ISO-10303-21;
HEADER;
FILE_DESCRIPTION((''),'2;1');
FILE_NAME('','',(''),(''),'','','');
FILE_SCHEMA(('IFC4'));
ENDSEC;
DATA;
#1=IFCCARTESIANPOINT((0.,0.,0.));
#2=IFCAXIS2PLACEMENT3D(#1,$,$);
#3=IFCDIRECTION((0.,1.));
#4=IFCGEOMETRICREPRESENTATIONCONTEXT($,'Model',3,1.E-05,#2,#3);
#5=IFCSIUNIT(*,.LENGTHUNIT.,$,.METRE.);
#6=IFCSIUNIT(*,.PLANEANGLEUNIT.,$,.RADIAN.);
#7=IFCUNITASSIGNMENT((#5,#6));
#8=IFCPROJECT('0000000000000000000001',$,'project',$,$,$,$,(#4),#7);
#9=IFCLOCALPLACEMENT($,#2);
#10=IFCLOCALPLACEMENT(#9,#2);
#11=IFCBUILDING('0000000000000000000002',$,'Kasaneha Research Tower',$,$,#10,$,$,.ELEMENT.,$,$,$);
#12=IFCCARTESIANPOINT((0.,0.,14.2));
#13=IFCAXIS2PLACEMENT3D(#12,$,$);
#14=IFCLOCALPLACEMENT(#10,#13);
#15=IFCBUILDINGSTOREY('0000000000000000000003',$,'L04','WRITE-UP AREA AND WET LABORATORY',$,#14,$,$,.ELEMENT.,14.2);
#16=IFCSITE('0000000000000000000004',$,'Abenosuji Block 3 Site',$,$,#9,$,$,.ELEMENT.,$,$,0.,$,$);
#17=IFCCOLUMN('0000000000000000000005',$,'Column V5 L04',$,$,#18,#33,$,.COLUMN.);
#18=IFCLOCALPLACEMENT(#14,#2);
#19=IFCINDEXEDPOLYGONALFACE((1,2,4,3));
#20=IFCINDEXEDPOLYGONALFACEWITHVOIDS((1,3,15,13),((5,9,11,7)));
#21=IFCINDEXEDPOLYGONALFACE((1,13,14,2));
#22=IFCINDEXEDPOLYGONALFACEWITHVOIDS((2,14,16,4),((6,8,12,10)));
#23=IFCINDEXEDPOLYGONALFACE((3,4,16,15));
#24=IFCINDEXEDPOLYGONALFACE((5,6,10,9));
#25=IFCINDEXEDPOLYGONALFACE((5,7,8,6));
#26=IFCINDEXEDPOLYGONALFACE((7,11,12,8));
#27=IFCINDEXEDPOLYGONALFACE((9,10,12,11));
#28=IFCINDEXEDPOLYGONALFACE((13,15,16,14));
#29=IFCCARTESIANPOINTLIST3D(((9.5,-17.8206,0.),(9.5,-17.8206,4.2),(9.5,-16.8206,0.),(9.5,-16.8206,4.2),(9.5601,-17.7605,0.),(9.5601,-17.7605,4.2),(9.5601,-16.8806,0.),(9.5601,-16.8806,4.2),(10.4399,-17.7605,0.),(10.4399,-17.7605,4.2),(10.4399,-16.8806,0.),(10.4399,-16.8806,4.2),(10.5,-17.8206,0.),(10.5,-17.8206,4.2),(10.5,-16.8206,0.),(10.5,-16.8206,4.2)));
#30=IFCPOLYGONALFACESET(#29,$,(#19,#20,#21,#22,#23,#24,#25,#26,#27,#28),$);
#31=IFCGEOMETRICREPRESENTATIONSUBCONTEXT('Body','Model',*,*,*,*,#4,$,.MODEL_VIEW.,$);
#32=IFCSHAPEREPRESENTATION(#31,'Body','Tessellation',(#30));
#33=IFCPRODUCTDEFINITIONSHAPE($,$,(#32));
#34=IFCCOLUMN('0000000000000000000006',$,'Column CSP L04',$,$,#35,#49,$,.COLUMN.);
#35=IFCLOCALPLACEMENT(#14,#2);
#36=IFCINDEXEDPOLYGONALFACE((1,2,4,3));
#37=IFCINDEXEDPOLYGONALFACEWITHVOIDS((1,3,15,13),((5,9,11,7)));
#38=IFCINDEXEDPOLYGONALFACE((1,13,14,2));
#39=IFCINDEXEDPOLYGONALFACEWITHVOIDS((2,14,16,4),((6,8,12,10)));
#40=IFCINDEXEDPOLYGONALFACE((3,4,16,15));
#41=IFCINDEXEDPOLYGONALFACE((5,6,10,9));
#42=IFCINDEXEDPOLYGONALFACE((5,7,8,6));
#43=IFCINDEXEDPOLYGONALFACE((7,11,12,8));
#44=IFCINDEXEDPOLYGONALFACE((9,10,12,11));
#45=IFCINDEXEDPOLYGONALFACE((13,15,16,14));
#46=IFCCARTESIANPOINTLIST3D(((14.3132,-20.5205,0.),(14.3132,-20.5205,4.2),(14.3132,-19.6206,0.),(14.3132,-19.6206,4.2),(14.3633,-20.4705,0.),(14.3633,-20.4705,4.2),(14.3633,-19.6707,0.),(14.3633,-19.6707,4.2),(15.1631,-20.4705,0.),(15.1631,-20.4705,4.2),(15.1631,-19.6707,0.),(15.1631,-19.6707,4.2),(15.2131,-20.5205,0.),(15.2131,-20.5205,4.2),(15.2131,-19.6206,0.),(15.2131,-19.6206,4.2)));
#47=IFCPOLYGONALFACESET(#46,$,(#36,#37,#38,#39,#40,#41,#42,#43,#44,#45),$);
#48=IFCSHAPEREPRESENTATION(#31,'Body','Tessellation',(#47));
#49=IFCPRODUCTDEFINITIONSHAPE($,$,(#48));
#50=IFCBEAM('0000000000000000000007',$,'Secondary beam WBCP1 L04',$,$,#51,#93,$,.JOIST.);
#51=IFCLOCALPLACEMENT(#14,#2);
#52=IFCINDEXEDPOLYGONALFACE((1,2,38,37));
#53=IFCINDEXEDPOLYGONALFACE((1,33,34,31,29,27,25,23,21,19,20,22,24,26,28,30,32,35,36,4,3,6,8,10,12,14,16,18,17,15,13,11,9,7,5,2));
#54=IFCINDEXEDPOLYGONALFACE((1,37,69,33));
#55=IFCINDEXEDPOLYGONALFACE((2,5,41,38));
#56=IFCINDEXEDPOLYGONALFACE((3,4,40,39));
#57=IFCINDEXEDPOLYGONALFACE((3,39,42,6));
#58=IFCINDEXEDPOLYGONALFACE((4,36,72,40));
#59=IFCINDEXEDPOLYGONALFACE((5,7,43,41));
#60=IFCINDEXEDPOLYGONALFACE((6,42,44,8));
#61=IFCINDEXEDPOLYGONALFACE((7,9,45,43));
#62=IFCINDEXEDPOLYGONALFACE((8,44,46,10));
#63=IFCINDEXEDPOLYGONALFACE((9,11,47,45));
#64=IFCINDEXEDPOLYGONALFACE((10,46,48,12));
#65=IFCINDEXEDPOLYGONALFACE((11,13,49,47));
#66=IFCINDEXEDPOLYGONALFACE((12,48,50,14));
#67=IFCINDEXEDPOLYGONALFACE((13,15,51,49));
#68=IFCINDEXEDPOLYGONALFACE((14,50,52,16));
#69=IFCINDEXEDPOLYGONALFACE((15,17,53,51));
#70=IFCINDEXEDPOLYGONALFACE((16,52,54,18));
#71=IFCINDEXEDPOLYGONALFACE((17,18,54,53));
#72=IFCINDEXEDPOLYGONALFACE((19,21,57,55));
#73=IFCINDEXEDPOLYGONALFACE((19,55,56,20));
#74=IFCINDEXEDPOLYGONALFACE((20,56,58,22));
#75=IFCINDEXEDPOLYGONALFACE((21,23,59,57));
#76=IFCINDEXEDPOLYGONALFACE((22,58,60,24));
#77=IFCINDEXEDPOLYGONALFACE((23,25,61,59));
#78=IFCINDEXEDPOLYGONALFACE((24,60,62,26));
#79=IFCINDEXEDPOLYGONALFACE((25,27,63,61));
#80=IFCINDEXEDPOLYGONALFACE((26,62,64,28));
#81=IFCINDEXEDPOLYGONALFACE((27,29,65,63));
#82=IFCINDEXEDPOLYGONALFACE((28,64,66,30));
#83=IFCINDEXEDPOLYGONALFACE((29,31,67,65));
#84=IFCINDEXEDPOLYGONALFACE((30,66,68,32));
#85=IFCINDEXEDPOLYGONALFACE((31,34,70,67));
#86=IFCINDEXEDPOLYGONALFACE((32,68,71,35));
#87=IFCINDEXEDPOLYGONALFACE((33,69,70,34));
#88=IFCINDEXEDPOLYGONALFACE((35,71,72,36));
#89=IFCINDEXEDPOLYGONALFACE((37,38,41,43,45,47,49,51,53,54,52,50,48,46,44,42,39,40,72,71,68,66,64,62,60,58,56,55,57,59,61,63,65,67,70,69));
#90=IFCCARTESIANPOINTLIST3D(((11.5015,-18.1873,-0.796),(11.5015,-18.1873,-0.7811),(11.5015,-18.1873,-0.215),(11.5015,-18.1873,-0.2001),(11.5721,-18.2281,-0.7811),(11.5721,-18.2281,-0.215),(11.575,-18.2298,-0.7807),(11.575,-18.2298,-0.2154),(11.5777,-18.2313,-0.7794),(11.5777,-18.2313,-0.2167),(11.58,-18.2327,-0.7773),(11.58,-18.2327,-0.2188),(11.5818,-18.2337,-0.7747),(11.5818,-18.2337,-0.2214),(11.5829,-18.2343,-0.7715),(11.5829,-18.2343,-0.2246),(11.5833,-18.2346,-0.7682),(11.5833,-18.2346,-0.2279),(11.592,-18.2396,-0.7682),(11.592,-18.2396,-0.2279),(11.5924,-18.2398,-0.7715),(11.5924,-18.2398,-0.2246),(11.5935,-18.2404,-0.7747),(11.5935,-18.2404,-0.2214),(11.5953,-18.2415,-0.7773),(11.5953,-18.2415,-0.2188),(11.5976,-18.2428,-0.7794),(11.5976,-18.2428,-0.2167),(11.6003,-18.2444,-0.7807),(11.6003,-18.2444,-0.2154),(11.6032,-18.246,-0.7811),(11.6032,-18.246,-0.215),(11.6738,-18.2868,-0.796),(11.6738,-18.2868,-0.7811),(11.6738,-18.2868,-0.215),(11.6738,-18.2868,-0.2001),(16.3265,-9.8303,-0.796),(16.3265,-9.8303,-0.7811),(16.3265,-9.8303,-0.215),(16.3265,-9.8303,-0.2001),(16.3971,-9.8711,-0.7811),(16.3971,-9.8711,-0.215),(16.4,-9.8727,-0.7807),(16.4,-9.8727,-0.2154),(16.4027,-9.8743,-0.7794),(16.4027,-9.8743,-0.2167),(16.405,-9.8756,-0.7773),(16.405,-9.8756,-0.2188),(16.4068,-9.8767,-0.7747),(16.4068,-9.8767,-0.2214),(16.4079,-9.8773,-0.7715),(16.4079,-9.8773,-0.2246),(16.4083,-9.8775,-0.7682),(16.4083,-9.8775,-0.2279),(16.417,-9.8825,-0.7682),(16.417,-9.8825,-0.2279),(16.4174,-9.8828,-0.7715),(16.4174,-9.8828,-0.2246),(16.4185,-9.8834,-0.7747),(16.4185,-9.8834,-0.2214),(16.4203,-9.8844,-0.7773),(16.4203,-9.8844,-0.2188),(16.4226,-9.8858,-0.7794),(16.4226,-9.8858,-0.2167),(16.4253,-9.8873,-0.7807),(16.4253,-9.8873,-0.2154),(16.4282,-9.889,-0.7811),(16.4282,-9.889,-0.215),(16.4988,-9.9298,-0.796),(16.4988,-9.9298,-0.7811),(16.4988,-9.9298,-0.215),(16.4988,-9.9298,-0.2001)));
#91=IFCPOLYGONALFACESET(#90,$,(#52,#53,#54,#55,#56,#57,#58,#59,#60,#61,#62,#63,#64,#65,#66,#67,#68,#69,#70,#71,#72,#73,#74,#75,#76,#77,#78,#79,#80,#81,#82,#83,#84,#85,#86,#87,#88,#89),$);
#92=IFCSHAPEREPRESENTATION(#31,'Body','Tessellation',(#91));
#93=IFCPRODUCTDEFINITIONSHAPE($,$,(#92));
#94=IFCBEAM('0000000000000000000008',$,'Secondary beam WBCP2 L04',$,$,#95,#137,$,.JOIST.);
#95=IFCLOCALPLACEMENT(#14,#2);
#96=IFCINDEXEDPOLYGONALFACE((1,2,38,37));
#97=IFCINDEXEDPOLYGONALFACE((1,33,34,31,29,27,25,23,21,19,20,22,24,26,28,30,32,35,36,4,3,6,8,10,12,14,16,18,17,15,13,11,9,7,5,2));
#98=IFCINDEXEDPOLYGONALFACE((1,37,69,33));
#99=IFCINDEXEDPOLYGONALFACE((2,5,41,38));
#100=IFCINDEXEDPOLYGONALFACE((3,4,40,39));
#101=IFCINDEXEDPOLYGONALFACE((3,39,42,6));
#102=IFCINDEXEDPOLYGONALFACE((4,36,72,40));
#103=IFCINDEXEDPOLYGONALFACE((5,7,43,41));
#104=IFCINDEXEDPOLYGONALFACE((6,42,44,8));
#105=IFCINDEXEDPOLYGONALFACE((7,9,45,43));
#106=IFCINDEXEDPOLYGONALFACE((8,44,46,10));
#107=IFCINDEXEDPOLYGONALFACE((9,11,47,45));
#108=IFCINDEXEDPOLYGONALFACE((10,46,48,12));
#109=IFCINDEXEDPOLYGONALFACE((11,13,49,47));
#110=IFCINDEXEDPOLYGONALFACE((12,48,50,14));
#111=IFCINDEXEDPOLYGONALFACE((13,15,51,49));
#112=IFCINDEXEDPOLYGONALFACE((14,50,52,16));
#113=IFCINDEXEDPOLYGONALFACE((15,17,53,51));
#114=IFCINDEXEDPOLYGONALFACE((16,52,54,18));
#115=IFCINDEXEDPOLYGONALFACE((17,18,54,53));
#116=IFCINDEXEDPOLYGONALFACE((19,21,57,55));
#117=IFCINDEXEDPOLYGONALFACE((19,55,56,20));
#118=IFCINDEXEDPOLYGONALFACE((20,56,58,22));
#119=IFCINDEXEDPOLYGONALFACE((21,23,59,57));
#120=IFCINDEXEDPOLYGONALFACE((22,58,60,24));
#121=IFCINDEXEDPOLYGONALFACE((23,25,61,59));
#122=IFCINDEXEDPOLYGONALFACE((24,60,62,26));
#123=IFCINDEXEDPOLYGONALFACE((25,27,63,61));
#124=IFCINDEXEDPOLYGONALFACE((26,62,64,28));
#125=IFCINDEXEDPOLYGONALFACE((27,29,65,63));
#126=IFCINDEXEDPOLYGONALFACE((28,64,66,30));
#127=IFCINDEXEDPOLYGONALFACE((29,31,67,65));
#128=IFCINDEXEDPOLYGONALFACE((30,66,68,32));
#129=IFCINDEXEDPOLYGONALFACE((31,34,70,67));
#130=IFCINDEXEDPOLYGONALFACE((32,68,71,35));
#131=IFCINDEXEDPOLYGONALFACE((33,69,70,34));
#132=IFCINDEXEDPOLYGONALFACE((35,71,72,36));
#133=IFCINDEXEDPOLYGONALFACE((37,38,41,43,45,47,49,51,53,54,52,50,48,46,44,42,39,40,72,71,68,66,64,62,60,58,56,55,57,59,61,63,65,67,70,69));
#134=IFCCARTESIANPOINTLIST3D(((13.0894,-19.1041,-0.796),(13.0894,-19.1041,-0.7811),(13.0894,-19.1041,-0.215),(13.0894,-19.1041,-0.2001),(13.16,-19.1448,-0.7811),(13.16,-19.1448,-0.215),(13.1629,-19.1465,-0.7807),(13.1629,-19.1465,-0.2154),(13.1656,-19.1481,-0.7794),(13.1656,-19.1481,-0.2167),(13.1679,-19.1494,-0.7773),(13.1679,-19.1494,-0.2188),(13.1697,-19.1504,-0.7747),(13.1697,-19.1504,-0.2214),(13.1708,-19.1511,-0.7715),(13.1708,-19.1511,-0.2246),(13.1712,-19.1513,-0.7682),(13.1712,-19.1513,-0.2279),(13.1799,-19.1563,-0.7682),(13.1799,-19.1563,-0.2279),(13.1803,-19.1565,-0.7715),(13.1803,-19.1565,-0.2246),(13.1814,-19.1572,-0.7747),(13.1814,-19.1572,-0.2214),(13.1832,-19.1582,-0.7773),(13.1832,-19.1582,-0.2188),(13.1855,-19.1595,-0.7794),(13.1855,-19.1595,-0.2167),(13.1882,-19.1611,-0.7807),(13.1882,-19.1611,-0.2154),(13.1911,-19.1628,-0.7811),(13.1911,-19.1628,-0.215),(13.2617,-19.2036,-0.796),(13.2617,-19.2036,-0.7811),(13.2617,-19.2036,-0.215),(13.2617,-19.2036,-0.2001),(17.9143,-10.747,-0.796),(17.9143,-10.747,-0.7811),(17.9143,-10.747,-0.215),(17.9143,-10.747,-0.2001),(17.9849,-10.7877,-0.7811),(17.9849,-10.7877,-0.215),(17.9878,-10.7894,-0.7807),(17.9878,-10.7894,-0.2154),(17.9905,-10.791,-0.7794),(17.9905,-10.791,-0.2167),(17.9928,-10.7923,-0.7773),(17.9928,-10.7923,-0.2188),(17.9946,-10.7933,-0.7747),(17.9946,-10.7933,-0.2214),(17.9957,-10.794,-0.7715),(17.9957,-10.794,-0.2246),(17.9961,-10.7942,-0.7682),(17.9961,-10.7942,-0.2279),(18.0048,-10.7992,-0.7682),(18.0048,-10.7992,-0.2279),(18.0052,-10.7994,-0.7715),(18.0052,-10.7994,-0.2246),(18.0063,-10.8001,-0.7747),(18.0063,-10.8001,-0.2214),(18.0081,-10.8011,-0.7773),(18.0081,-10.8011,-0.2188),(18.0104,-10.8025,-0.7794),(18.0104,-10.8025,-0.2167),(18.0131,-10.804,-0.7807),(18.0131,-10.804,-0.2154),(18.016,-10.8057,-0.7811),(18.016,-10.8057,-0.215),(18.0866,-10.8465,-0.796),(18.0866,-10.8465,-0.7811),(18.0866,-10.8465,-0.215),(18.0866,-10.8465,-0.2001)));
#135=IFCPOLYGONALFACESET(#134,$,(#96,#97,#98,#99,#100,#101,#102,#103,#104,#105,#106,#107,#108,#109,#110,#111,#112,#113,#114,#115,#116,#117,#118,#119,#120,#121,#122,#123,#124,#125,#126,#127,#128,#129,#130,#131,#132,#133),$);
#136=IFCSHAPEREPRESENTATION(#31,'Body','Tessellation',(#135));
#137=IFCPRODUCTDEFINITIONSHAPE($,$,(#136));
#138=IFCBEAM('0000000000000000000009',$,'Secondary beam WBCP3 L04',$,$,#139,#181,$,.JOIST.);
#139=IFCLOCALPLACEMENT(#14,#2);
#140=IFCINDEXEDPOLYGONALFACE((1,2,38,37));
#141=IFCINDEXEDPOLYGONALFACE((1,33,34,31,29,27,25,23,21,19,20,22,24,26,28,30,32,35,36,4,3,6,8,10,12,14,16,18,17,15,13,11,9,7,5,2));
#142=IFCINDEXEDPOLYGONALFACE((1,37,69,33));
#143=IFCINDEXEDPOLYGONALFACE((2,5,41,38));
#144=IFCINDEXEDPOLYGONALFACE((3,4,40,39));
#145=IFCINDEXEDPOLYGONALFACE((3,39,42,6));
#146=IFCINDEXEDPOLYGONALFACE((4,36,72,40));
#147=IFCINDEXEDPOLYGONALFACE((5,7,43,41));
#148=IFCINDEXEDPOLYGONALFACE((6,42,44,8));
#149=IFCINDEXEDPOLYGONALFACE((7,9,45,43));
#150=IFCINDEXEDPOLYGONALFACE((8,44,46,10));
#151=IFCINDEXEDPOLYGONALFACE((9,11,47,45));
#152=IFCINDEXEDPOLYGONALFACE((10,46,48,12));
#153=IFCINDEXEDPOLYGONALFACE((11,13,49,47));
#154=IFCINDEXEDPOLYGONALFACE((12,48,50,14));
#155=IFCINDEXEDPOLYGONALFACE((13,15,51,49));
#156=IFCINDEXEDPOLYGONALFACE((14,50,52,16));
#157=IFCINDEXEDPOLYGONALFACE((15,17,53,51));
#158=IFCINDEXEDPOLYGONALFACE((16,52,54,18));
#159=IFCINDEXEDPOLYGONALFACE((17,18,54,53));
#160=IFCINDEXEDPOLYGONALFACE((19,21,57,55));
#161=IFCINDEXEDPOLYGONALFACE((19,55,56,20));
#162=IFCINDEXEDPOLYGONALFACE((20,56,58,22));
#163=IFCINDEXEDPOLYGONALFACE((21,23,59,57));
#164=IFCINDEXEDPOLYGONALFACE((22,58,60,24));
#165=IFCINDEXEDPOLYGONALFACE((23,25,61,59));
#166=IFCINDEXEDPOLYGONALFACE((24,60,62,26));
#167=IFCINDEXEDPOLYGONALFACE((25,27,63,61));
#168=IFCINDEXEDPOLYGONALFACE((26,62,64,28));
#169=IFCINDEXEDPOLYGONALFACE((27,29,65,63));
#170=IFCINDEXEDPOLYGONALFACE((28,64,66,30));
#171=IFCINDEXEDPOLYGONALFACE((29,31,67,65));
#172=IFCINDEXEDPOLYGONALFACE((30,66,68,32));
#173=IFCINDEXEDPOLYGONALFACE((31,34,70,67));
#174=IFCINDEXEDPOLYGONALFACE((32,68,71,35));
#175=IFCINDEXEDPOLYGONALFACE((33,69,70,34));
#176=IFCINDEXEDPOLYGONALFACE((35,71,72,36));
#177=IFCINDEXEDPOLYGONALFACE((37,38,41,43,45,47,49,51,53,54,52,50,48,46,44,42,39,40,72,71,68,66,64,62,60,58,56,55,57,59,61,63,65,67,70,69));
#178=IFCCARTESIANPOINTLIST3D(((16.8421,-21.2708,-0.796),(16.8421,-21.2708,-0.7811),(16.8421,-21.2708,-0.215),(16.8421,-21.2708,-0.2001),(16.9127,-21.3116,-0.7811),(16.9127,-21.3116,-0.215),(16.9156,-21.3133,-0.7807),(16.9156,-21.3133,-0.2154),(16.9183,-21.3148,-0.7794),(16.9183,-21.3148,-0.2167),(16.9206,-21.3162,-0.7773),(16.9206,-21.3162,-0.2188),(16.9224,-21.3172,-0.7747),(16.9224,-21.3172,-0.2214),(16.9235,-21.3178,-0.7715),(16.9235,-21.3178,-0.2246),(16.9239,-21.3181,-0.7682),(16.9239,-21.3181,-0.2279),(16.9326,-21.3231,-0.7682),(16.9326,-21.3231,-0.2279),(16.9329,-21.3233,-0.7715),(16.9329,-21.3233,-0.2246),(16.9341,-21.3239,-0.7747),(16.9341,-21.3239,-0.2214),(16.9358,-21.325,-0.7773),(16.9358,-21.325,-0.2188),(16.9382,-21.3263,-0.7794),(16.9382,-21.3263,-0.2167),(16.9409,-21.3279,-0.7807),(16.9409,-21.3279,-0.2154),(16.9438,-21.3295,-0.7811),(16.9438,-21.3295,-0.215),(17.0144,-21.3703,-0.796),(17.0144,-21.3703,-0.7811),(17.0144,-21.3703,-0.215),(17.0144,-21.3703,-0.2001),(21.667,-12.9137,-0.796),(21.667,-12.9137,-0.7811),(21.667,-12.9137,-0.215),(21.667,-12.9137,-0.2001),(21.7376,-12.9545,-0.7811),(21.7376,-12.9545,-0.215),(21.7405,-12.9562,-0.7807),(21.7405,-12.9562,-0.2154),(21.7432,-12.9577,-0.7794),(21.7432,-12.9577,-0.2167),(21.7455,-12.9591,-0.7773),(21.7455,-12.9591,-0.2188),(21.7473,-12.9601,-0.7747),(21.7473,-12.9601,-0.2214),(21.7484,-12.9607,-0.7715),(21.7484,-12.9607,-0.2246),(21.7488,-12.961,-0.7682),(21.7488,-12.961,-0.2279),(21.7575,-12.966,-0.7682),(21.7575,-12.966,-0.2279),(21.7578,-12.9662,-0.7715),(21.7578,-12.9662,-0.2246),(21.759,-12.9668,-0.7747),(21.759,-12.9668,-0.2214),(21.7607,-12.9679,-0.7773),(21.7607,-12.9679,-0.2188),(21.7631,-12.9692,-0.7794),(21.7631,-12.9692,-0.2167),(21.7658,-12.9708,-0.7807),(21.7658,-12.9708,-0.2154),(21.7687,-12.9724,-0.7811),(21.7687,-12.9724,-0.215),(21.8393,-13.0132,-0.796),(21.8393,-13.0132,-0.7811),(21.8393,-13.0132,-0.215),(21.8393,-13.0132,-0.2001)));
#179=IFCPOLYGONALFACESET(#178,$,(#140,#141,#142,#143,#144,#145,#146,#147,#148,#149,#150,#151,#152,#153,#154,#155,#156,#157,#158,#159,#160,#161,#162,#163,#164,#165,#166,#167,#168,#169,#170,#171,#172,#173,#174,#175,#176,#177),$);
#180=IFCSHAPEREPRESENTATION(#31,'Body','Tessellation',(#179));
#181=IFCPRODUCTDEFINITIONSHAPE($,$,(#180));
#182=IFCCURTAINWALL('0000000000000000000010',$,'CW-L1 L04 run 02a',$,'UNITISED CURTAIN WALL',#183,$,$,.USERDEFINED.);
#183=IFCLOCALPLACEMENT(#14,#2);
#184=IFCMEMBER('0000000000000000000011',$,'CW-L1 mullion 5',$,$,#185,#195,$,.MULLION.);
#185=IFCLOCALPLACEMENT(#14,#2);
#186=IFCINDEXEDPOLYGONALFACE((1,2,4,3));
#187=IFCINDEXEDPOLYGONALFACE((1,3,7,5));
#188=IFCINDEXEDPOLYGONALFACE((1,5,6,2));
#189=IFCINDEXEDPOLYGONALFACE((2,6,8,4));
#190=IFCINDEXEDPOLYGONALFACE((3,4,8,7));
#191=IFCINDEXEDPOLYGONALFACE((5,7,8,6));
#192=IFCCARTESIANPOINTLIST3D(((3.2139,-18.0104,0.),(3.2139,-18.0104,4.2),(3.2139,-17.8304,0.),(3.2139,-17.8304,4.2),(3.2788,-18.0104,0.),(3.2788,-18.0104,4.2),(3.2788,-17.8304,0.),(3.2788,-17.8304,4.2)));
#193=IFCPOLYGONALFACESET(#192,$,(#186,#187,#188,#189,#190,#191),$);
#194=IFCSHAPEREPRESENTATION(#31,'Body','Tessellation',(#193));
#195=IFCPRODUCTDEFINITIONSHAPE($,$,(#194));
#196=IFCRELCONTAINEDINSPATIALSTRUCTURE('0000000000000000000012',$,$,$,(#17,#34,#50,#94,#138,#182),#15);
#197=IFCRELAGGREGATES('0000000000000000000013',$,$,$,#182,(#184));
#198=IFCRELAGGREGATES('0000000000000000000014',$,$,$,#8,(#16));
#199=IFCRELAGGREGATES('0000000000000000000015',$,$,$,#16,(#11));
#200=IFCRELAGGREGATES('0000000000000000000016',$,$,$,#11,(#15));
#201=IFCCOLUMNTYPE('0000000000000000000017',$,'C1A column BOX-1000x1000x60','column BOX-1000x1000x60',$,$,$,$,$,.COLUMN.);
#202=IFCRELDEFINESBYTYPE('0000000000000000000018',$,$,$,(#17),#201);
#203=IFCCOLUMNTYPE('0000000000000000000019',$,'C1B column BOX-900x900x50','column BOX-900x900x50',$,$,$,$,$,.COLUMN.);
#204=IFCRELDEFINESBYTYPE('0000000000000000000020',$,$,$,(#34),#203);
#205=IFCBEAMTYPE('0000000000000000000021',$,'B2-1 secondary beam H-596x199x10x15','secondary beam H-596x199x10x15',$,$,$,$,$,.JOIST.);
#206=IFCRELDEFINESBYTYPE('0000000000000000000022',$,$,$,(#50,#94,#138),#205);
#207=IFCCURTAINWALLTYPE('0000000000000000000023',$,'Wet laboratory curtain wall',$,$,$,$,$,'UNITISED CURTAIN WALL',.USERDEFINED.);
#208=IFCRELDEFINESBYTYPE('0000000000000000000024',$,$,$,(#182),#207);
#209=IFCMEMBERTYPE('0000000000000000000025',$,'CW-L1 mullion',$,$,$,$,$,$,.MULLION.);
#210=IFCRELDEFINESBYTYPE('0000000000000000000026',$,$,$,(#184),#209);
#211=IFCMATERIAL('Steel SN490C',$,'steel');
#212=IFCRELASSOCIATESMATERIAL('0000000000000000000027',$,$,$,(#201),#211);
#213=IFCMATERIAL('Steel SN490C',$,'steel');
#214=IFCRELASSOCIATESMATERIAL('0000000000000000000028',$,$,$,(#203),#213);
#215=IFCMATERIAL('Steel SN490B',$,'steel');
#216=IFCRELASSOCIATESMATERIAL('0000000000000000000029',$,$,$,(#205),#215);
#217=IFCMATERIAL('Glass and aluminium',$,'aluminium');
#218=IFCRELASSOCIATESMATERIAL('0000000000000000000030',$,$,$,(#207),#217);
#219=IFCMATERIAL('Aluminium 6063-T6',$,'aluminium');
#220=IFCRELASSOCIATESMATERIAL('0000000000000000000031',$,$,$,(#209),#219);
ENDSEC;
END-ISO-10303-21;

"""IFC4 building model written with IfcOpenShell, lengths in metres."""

from ifc_helpers import new_model, si_unit, direction, frame, origin, origin_2d, place, context, subcontext, project, spatial, rectangle, hollow_rectangle, i_section, extrude, material, material_profile, profile_set, type_object, element, aggregate, save


model = new_model("IFC4")

# Units and contexts
model_context = context("Model", 3, precision=1e-05, world=origin(), true_north=direction((0.0, 1.0)))
body_context = subcontext(model_context, "Body", "Model", "MODEL_VIEW")
ifc_project = project(units=[si_unit("LENGTHUNIT", "METRE"), si_unit("PLANEANGLEUNIT", "RADIAN")], contexts=[model_context])

# Site, building, storey
site_placement = place(None, origin())
site = spatial("IfcSite", under=ifc_project, at=site_placement, Name="Abenosuji Block 3 Site", CompositionType="ELEMENT", RefElevation=0.0)
building_placement = place(site_placement, origin())
building = spatial("IfcBuilding", under=site, at=building_placement, Name="Kasaneha Research Tower", CompositionType="ELEMENT")
storey_placement = place(building_placement, frame((0.0, 0.0, 14.2)))
storey = spatial("IfcBuildingStorey", under=building, at=storey_placement, Name="L04", Description="WRITE-UP AREA AND WET LABORATORY", CompositionType="ELEMENT", Elevation=14.2)

# Columns
ifc_material_1 = material(Name="Steel SN490C", Category="steel")
ifc_material_profile_1 = material_profile(ifc_material_1, hollow_rectangle(XDim=1.0, YDim=1.0, WallThickness=0.0601, at=origin_2d()), Name="BOX-1000x1000x60")
ifc_profile_set_1 = profile_set([ifc_material_profile_1], Name="Steel SN490C")
column_type_1 = type_object("IfcColumnType", Name="C1A column BOX-1000x1000x60", Description="column BOX-1000x1000x60", PredefinedType="COLUMN", material=ifc_profile_set_1)
column_1_placement = place(storey_placement, frame((10.0, -17.3206, 0.0), z_axis=(0.0, 0.0, 1.0), x_axis=(1.0, 0.0, 0.0)))
element("IfcColumn", 1, at=column_1_placement, inside=storey, type_object=column_type_1, Name="Column V5 L04", PredefinedType="COLUMN", context=body_context, shape_type="SweptSolid", body=[
    extrude(hollow_rectangle(XDim=1.0, YDim=1.0, WallThickness=0.0601, at=origin_2d()), origin(), (0.0, 0.0, 1.0), 4.2),
])
ifc_material_2 = material(Name="Steel SN490C", Category="steel")
ifc_material_profile_2 = material_profile(ifc_material_2, hollow_rectangle(XDim=0.8999, YDim=0.8999, WallThickness=0.05, at=origin_2d()), Name="BOX-900x900x50")
ifc_profile_set_2 = profile_set([ifc_material_profile_2], Name="Steel SN490C")
column_type_2 = type_object("IfcColumnType", Name="C1B column BOX-900x900x50", Description="column BOX-900x900x50", PredefinedType="COLUMN", material=ifc_profile_set_2)
column_2_placement = place(storey_placement, frame((14.7632, -20.0706, 0.0), z_axis=(0.0, 0.0, 1.0), x_axis=(1.0, 0.0, 0.0)))
element("IfcColumn", 2, at=column_2_placement, inside=storey, type_object=column_type_2, Name="Column CSP L04", PredefinedType="COLUMN", context=body_context, shape_type="SweptSolid", body=[
    extrude(hollow_rectangle(XDim=0.8999, YDim=0.8999, WallThickness=0.05, at=origin_2d()), origin(), (0.0, 0.0, 1.0), 4.2),
])

# Beams
ifc_material_3 = material(Name="Steel SN490B", Category="steel")
ifc_material_profile_3 = material_profile(ifc_material_3, i_section(OverallWidth=0.199, OverallDepth=0.5959, WebThickness=0.01, FlangeThickness=0.0149, FilletRadius=0.0129, at=origin_2d()), Name="H-596x199x10x15")
ifc_profile_set_3 = profile_set([ifc_material_profile_3], Name="Steel SN490B")
beam_type_1 = type_object("IfcBeamType", Name="B2-1 secondary beam H-596x199x10x15", Description="secondary beam H-596x199x10x15", PredefinedType="JOIST", material=ifc_profile_set_3)
for number, where, z_axis, x_axis, name in (
    (3, (11.5876, -18.2371, -0.498), (0.500006, 0.866022, 0.0), (-0.866022, 0.500006, 0.0), "Secondary beam WBCP1 L04"),
    (4, (13.1755, -19.1538, -0.498), (0.499995, 0.866028, 0.0), (-0.866028, 0.499995, 0.0), "Secondary beam WBCP2 L04"),
    (5, (16.9282, -21.3206, -0.498), (0.499995, 0.866028, 0.0), (-0.866028, 0.499995, 0.0), "Secondary beam WBCP3 L04"),
):
    element("IfcBeam", number, at=place(storey_placement, frame(where, z_axis=z_axis, x_axis=x_axis)), inside=storey, type_object=beam_type_1, Name=name, PredefinedType="JOIST", context=body_context, shape_type="SweptSolid", body=[
        extrude(i_section(OverallWidth=0.199, OverallDepth=0.5959, WebThickness=0.01, FlangeThickness=0.0149, FilletRadius=0.0129, at=origin_2d()), origin(), (0.0, 0.0, 1.0), 9.6499),
    ])

# Curtain wall, member
ifc_material_4 = material(Name="Glass and aluminium", Category="aluminium")
curtain_wall_type = type_object("IfcCurtainWallType", Name="Wet laboratory curtain wall", ElementType="UNITISED CURTAIN WALL", PredefinedType="USERDEFINED", material=ifc_material_4)
curtain_wall_1_placement = place(storey_placement, origin())
curtain_wall_1 = element("IfcCurtainWall", 6, at=curtain_wall_1_placement, inside=storey, type_object=curtain_wall_type, Name="CW-L1 L04 run 02a", ObjectType="UNITISED CURTAIN WALL", PredefinedType="USERDEFINED")
ifc_material_5 = material(Name="Aluminium 6063-T6", Category="aluminium")
ifc_material_profile_4 = material_profile(ifc_material_5, rectangle(XDim=0.0649, YDim=0.1799, at=origin_2d()), Name="CW-L1 mullion 65x180")
ifc_profile_set_4 = profile_set([ifc_material_profile_4], Name="Aluminium 6063-T6")
member_type_1 = type_object("IfcMemberType", Name="CW-L1 mullion", PredefinedType="MULLION", material=ifc_profile_set_4)
member_1_placement = place(storey_placement, frame((3.2463, -17.9204, 0.0), z_axis=(0.0, 0.0, 1.0), x_axis=(1.0, 0.0, 0.0)))
member_1 = element("IfcMember", 7, at=member_1_placement, type_object=member_type_1, Name="CW-L1 mullion 5", PredefinedType="MULLION", context=body_context, shape_type="SweptSolid", body=[
    extrude(rectangle(XDim=0.0649, YDim=0.1799, at=origin_2d()), origin(), (0.0, 0.0, 1.0), 4.2),
])

aggregate(curtain_wall_1, [member_1])

save(model, "model.ifc")
